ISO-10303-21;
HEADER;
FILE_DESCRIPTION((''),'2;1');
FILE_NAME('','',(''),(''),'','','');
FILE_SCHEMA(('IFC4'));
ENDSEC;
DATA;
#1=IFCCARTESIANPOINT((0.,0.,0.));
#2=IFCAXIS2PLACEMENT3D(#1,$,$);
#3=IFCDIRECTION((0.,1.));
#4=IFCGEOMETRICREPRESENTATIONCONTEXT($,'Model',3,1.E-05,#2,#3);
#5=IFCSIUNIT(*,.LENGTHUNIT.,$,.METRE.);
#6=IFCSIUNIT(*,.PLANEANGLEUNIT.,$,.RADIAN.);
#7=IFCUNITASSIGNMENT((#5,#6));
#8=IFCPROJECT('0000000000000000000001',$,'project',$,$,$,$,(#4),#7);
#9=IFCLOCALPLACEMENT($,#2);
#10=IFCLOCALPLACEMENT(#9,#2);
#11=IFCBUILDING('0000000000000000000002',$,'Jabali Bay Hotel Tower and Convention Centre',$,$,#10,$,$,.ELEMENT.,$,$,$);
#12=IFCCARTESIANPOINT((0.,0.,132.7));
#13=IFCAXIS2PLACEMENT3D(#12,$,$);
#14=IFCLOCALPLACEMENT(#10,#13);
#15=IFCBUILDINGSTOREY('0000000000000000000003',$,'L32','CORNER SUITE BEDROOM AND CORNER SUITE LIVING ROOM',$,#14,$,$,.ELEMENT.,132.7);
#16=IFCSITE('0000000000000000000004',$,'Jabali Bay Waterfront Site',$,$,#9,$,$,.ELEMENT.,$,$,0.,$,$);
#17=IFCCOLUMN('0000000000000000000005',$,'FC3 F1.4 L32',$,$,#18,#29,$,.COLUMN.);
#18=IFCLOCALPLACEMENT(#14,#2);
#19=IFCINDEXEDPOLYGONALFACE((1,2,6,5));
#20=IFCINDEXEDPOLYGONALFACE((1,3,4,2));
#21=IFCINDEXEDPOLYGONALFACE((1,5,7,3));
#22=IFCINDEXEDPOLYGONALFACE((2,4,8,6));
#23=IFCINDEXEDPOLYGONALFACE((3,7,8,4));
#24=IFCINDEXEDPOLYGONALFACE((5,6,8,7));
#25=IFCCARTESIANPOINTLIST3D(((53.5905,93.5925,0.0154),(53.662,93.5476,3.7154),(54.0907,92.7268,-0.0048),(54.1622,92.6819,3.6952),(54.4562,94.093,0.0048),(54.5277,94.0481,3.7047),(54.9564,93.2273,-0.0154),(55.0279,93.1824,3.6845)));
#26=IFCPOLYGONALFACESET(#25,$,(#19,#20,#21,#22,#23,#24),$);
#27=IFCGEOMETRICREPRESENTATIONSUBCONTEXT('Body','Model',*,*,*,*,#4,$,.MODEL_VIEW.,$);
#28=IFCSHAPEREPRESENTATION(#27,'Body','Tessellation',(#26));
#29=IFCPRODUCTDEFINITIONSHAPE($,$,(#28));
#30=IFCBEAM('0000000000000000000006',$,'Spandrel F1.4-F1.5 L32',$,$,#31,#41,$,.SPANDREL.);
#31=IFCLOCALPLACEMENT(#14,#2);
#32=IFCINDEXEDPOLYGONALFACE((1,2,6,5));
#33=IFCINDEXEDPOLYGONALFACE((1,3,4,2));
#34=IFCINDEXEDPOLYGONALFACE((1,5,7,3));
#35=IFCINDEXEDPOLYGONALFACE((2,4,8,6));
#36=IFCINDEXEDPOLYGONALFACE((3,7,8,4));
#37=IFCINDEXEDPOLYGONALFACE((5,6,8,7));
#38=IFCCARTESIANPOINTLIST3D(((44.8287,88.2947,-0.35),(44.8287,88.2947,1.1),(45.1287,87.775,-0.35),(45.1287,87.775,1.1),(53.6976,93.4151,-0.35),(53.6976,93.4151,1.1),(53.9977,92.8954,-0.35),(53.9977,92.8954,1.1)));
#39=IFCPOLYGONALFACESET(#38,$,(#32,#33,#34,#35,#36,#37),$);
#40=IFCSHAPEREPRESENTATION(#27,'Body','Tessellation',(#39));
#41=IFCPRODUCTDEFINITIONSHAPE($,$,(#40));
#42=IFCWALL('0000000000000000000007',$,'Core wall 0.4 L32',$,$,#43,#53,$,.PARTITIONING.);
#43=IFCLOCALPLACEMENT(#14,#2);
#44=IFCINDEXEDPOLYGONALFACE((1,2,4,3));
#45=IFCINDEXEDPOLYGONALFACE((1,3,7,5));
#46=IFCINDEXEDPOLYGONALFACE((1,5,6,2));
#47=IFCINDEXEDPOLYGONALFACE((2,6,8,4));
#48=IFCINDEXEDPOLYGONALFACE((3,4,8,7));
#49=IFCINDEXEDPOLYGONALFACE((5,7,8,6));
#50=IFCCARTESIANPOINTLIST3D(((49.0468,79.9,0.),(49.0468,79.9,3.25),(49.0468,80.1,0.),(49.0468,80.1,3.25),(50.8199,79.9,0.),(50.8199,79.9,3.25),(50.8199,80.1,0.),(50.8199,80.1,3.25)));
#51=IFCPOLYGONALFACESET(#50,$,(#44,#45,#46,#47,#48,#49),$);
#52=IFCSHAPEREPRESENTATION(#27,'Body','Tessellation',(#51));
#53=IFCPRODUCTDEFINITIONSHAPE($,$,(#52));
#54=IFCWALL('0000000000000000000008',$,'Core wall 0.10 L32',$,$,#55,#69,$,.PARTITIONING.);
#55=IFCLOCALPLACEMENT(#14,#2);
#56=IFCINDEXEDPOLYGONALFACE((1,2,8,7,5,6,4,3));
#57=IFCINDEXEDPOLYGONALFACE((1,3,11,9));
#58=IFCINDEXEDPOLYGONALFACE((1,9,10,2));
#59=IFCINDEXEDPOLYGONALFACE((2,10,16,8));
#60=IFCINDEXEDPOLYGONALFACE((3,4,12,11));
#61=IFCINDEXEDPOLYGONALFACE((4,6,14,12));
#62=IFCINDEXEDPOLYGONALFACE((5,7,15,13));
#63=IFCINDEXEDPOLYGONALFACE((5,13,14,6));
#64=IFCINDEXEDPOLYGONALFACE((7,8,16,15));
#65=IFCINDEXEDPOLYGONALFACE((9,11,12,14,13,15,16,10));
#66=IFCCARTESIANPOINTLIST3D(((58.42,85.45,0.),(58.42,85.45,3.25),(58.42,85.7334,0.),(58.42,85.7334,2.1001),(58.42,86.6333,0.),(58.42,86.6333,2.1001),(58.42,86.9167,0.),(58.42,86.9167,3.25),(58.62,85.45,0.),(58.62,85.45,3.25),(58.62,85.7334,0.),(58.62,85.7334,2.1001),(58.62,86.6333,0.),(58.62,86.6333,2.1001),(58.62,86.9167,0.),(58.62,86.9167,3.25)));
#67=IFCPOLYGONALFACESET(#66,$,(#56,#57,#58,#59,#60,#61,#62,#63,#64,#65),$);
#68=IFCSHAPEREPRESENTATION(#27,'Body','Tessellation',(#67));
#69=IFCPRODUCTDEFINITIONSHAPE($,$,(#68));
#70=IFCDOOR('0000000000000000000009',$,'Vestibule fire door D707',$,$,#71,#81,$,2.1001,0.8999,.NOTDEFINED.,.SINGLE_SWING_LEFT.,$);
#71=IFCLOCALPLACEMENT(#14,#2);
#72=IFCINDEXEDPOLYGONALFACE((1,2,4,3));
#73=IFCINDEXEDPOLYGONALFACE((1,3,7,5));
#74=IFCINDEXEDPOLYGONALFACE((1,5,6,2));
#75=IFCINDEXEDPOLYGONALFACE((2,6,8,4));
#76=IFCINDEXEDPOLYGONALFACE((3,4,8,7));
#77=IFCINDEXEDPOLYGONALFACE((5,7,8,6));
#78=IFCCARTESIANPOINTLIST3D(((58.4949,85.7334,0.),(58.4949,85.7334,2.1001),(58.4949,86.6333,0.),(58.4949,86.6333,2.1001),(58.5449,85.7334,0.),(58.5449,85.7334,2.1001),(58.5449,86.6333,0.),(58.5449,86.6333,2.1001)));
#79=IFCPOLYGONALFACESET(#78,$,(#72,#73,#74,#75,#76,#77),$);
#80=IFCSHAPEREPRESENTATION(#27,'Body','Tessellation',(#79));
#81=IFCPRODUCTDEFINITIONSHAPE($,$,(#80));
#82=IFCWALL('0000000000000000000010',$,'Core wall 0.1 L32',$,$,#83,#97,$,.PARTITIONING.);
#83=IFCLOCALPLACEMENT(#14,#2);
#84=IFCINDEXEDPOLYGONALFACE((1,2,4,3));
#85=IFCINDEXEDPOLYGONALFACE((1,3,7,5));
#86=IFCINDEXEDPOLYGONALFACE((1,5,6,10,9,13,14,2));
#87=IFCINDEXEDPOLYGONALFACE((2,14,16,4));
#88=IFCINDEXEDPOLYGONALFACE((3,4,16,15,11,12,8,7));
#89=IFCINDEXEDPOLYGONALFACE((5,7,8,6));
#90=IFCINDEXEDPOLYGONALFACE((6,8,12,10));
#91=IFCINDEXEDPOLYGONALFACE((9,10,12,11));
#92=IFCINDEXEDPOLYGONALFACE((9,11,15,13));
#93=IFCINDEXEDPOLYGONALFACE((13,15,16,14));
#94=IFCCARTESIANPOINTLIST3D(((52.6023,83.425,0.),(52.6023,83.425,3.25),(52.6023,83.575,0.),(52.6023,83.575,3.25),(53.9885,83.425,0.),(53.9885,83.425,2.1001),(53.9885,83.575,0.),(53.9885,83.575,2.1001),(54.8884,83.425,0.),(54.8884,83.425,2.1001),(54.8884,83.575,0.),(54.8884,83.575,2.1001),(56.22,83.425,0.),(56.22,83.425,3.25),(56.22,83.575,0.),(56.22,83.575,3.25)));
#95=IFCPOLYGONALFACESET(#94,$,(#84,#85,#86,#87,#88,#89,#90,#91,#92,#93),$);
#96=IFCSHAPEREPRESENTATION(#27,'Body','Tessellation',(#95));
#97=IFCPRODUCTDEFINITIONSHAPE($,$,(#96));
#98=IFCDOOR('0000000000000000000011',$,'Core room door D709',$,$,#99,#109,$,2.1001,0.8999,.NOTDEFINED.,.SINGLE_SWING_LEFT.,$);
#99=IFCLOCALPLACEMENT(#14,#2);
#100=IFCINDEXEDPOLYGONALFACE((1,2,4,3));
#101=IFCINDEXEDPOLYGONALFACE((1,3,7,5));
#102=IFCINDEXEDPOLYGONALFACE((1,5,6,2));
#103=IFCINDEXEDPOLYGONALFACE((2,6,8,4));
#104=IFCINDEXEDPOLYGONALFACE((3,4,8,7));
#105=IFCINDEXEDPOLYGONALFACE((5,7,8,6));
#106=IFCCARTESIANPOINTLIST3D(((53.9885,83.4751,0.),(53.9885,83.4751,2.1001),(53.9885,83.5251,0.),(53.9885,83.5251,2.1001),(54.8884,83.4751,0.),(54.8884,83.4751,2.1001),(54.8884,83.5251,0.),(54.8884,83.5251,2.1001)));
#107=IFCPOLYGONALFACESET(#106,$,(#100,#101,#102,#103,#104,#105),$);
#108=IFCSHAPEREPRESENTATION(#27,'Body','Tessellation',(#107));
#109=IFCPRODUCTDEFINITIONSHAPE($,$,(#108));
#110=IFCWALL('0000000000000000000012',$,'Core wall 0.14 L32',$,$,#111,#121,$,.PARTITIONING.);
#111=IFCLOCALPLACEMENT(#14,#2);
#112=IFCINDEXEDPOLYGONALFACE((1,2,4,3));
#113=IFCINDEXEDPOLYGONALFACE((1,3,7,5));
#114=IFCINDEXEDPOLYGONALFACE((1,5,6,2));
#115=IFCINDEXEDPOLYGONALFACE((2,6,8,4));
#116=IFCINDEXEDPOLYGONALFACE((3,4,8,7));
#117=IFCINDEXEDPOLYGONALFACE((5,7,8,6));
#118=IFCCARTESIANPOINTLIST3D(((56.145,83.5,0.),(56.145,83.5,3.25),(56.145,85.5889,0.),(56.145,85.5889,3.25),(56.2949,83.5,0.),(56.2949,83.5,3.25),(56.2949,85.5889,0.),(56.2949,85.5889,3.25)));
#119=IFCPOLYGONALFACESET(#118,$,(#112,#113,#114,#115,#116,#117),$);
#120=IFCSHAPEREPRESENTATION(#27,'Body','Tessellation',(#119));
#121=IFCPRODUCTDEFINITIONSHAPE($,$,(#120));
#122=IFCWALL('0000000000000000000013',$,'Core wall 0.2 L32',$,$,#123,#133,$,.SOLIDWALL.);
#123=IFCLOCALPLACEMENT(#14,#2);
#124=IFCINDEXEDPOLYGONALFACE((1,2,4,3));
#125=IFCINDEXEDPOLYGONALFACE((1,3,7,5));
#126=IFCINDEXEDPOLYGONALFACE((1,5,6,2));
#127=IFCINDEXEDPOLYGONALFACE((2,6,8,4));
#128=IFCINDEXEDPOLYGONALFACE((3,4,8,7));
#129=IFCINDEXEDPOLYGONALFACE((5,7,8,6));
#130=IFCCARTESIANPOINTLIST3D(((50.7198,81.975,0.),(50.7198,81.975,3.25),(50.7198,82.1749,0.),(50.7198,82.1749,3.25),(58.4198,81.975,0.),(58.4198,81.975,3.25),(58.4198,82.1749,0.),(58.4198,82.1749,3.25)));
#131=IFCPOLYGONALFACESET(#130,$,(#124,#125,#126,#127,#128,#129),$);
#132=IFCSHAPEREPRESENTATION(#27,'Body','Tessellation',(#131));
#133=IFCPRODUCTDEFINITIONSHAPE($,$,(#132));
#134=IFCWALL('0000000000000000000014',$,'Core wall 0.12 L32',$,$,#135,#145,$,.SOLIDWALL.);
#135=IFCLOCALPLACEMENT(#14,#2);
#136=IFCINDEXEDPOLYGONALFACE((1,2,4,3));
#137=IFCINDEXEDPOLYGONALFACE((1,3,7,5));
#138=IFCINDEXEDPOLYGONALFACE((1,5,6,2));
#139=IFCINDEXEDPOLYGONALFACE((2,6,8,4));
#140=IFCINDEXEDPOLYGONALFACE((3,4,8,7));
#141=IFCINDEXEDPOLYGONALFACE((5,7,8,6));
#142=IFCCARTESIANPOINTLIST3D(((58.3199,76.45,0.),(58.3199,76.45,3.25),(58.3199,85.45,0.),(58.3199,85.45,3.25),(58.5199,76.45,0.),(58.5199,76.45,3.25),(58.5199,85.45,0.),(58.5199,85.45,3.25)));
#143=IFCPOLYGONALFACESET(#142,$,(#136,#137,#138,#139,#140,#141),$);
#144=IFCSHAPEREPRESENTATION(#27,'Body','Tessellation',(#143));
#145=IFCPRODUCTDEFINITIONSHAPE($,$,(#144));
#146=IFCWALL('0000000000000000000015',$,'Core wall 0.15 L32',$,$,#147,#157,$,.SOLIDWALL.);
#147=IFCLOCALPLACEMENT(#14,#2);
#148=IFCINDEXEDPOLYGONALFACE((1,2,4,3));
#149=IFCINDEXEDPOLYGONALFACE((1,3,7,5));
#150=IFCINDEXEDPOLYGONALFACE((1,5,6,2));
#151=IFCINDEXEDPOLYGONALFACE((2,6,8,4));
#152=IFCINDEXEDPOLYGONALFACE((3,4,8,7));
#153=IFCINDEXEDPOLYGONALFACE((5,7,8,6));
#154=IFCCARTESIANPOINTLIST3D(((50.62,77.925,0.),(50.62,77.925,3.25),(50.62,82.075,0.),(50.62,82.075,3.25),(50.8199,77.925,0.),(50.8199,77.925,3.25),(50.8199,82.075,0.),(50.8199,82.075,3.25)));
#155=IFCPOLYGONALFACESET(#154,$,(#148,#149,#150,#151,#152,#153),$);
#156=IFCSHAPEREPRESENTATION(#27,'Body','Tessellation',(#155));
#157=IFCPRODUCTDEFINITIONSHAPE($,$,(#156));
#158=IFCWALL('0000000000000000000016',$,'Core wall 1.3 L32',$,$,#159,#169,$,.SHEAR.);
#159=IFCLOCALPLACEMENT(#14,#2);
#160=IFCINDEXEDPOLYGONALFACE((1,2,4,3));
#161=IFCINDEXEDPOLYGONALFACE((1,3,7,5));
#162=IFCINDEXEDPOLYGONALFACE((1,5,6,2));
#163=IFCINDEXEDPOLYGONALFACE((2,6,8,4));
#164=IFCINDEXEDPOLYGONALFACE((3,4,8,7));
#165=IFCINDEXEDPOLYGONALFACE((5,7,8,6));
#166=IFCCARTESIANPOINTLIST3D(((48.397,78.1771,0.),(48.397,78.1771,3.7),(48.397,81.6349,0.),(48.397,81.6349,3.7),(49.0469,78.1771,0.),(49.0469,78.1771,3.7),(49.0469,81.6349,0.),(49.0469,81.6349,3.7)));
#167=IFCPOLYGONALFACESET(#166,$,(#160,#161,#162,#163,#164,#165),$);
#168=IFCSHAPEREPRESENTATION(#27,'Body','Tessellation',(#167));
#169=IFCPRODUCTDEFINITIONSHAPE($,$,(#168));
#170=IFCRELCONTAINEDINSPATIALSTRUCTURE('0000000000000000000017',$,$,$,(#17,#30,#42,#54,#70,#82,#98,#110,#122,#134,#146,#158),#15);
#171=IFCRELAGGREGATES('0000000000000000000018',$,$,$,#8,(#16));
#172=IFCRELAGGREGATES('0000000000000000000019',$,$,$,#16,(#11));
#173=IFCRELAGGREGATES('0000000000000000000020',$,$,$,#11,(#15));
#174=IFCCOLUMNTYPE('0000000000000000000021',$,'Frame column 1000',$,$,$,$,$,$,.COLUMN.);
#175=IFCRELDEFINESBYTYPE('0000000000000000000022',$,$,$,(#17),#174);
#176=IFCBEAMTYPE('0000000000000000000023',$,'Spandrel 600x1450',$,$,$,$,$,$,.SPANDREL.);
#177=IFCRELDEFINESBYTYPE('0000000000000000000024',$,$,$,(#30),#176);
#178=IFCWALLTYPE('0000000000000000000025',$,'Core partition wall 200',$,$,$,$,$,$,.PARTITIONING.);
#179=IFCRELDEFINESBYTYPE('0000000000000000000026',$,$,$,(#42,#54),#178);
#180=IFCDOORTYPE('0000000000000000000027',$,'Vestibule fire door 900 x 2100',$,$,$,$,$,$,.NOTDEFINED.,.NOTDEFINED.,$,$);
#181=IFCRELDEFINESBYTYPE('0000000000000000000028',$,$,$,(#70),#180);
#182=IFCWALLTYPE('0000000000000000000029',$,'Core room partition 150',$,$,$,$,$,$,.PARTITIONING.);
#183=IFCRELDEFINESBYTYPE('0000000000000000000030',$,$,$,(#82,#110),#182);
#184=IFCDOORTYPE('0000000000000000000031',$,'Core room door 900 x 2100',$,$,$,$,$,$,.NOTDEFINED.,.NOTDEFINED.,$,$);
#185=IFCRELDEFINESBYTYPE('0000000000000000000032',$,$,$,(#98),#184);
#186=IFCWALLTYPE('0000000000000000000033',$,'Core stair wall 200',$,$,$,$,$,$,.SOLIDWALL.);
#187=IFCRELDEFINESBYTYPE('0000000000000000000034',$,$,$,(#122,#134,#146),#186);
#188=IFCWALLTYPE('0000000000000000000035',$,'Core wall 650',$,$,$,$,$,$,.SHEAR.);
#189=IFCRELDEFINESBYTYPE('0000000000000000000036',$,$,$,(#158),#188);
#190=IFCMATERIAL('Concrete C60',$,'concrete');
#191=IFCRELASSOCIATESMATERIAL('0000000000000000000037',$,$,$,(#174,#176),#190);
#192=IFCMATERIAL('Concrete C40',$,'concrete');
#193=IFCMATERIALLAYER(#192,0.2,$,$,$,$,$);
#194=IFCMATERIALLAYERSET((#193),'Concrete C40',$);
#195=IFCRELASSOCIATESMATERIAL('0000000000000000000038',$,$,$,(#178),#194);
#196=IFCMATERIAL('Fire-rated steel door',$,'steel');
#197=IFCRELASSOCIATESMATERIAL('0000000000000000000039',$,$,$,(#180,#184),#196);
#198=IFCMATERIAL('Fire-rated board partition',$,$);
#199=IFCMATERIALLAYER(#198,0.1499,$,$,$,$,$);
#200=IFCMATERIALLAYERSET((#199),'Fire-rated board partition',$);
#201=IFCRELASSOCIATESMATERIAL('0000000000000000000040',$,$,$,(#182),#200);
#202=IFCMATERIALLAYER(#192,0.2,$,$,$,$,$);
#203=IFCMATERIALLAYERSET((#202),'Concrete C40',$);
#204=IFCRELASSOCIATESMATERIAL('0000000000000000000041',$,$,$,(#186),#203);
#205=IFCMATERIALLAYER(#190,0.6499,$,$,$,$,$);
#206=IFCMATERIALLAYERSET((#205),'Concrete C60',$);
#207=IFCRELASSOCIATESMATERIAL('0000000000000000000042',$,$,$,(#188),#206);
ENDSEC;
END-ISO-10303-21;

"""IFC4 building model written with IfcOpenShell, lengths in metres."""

from ifc_helpers import new_model, si_unit, direction, frame, frame_2d, origin, origin_2d, place, context, subcontext, project, spatial, rectangle, extrude, material, layer, layer_set, material_profile, profile_set, type_object, element, fill, save


model = new_model("IFC4")

# Units and contexts
model_context = context("Model", 3, precision=1e-05, world=origin(), true_north=direction((0.0, 1.0)))
body_context = subcontext(model_context, "Body", "Model", "MODEL_VIEW")
ifc_project = project(units=[si_unit("LENGTHUNIT", "METRE"), si_unit("PLANEANGLEUNIT", "RADIAN")], contexts=[model_context])

# Site, building, storey
site_placement = place(None, origin())
site = spatial("IfcSite", under=ifc_project, at=site_placement, Name="Jabali Bay Waterfront Site", CompositionType="ELEMENT", RefElevation=0.0)
building_placement = place(site_placement, origin())
building = spatial("IfcBuilding", under=site, at=building_placement, Name="Jabali Bay Hotel Tower and Convention Centre", CompositionType="ELEMENT")
storey_placement = place(building_placement, frame((0.0, 0.0, 132.7)))
storey = spatial("IfcBuildingStorey", under=building, at=storey_placement, Name="L32", Description="CORNER SUITE BEDROOM AND CORNER SUITE LIVING ROOM", CompositionType="ELEMENT", Elevation=132.7)

# Column
ifc_material_1 = material(Name="Concrete C60", Category="concrete")
ifc_material_profile_1 = material_profile(ifc_material_1, rectangle(XDim=1.0, YDim=1.0, at=origin_2d()), Name="Frame column 1000")
ifc_profile_set_1 = profile_set([ifc_material_profile_1], Name="Concrete C60")
column_type = type_object("IfcColumnType", Name="Frame column 1000", PredefinedType="COLUMN", material=ifc_profile_set_1)
column_placement = place(storey_placement, frame((54.2734, 93.4099, 0.0), z_axis=(0.019329, -0.012138, 0.99974), x_axis=(-0.500206, 0.865671, 0.020181)))
element("IfcColumn", 1, at=column_placement, inside=storey, type_object=column_type, Name="FC3 F1.4 L32", PredefinedType="COLUMN", context=body_context, shape_type="SweptSolid", body=[
    extrude(rectangle(XDim=1.0, YDim=1.0, at=origin_2d()), origin(), (0.0, 0.0, 1.0), 3.7009),
])

# Beam
ifc_material_profile_2 = material_profile(ifc_material_1, rectangle(XDim=0.6001, YDim=1.45, at=origin_2d()), Name="Spandrel 600x1450")
ifc_profile_set_2 = profile_set([ifc_material_profile_2], Name="Concrete C60")
beam_type = type_object("IfcBeamType", Name="Spandrel 600x1450", PredefinedType="SPANDREL", material=ifc_profile_set_2)
beam_placement = place(storey_placement, frame((53.8477, 93.1553, 0.375), z_axis=(-0.86603, -0.499993, 0.0), x_axis=(0.499993, -0.86603, 0.0)))
element("IfcBeam", 2, at=beam_placement, inside=storey, type_object=beam_type, Name="Spandrel F1.4-F1.5 L32", PredefinedType="SPANDREL", context=body_context, shape_type="SweptSolid", body=[
    extrude(rectangle(XDim=0.6001, YDim=1.45, at=origin_2d()), origin(), (0.0, 0.0, 1.0), 10.241),
])

# Wall
ifc_material_2 = material(Name="Concrete C40", Category="concrete")
ifc_layer_1 = layer(ifc_material_2, 0.2)
ifc_layer_set_1 = layer_set([ifc_layer_1], Name="Concrete C40")
wall_type_1 = type_object("IfcWallType", Name="Core partition wall 200", PredefinedType="PARTITIONING", material=ifc_layer_set_1)
wall_1_placement = place(storey_placement, frame((50.8201, 80.0, 0.0), z_axis=(0.0, 0.0, 1.0), x_axis=(-1.0, 0.0, 0.0)))
element("IfcWall", 3, at=wall_1_placement, inside=storey, type_object=wall_type_1, Name="Core wall 0.4 L32", PredefinedType="PARTITIONING", context=body_context, shape_type="SweptSolid", body=[
    extrude(rectangle(XDim=1.7732, YDim=0.2, at=frame_2d((0.8867, 0.0))), origin(), (0.0, 0.0, 1.0), 3.25),
])

# Walls, openings, doors
wall_2_placement = place(storey_placement, frame((58.52, 86.9167, 0.0), z_axis=(0.0, 0.0, 1.0), x_axis=(0.0, -1.0, 0.0)))
wall_2 = element("IfcWall", 4, at=wall_2_placement, inside=storey, type_object=wall_type_1, Name="Core wall 0.10 L32", PredefinedType="PARTITIONING", context=body_context, shape_type="SweptSolid", body=[
    extrude(rectangle(XDim=1.4668, YDim=0.2, at=frame_2d((0.7334, 0.0))), origin(), (0.0, 0.0, 1.0), 3.25),
])
opening_1_placement = place(wall_2_placement, frame((0.2834, 0.0, 0.0)))
opening_1 = element("IfcOpeningElement", 5, at=opening_1_placement, cuts=wall_2, PredefinedType="OPENING", context=body_context, shape_type="SweptSolid", body=[
    extrude(rectangle(XDim=0.8999, YDim=2.1001, at=frame_2d((0.45, 1.05))), frame((0.0, 0.1104, 0.0), z_axis=(0.0, -1.0, 0.0), x_axis=(1.0, 0.0, 0.0)), (0.0, 0.0, 1.0), 0.2209),
])
ifc_material_3 = material(Name="Fire-rated steel door", Category="steel")
door_type_1 = type_object("IfcDoorType", Name="Vestibule fire door 900 x 2100", OperationType="NOTDEFINED", PredefinedType="NOTDEFINED", material=ifc_material_3)
door_1_placement = place(opening_1_placement, origin())
door_1 = element("IfcDoor", 6, at=door_1_placement, inside=storey, type_object=door_type_1, Name="Vestibule fire door D707", OperationType="SINGLE_SWING_LEFT", OverallHeight=2.1001, OverallWidth=0.8999, PredefinedType="NOTDEFINED", context=body_context, shape_type="SweptSolid", body=[
    extrude(rectangle(XDim=0.8999, YDim=2.1001, at=frame_2d((0.45, 1.05))), frame((0.0, 0.0249, 0.0), z_axis=(0.0, -1.0, 0.0), x_axis=(1.0, 0.0, 0.0)), (0.0, 0.0, 1.0), 0.05),
])
fill(opening_1, door_1)
ifc_material_4 = material(Name="Fire-rated board partition")
ifc_layer_2 = layer(ifc_material_4, 0.1499)
ifc_layer_set_2 = layer_set([ifc_layer_2], Name="Fire-rated board partition")
wall_type_2 = type_object("IfcWallType", Name="Core room partition 150", PredefinedType="PARTITIONING", material=ifc_layer_set_2)
wall_3_placement = place(storey_placement, frame((56.22, 83.5, 0.0), z_axis=(0.0, 0.0, 1.0), x_axis=(-1.0, 0.0, 0.0)))
wall_3 = element("IfcWall", 7, at=wall_3_placement, inside=storey, type_object=wall_type_2, Name="Core wall 0.1 L32", PredefinedType="PARTITIONING", context=body_context, shape_type="SweptSolid", body=[
    extrude(rectangle(XDim=3.6177, YDim=0.1499, at=frame_2d((1.8088, 0.0))), origin(), (0.0, 0.0, 1.0), 3.25),
])
opening_2_placement = place(wall_3_placement, frame((1.3315, 0.0, 0.0)))
opening_2 = element("IfcOpeningElement", 8, at=opening_2_placement, cuts=wall_3, PredefinedType="OPENING", context=body_context, shape_type="SweptSolid", body=[
    extrude(rectangle(XDim=0.8999, YDim=2.1001, at=frame_2d((0.45, 1.05))), frame((0.0, 0.0854, 0.0), z_axis=(0.0, -1.0, 0.0), x_axis=(1.0, 0.0, 0.0)), (0.0, 0.0, 1.0), 0.1709),
])
door_type_2 = type_object("IfcDoorType", Name="Core room door 900 x 2100", OperationType="NOTDEFINED", PredefinedType="NOTDEFINED", material=ifc_material_3)
door_2_placement = place(opening_2_placement, origin())
door_2 = element("IfcDoor", 9, at=door_2_placement, inside=storey, type_object=door_type_2, Name="Core room door D709", OperationType="SINGLE_SWING_LEFT", OverallHeight=2.1001, OverallWidth=0.8999, PredefinedType="NOTDEFINED", context=body_context, shape_type="SweptSolid", body=[
    extrude(rectangle(XDim=0.8999, YDim=2.1001, at=frame_2d((0.45, 1.05))), frame((0.0, 0.0249, 0.0), z_axis=(0.0, -1.0, 0.0), x_axis=(1.0, 0.0, 0.0)), (0.0, 0.0, 1.0), 0.05),
])
fill(opening_2, door_2)

# Walls
wall_4_placement = place(storey_placement, frame((56.22, 85.5889, 0.0), z_axis=(0.0, 0.0, 1.0), x_axis=(0.0, -1.0, 0.0)))
element("IfcWall", 10, at=wall_4_placement, inside=storey, type_object=wall_type_2, Name="Core wall 0.14 L32", PredefinedType="PARTITIONING", context=body_context, shape_type="SweptSolid", body=[
    extrude(rectangle(XDim=2.0889, YDim=0.1499, at=frame_2d((1.0444, 0.0))), origin(), (0.0, 0.0, 1.0), 3.25),
])
ifc_layer_3 = layer(ifc_material_2, 0.2)
ifc_layer_set_3 = layer_set([ifc_layer_3], Name="Concrete C40")
wall_type_3 = type_object("IfcWallType", Name="Core stair wall 200", PredefinedType="SOLIDWALL", material=ifc_layer_set_3)
wall_5_placement = place(storey_placement, frame((58.4199, 82.075, 0.0), z_axis=(0.0, 0.0, 1.0), x_axis=(-1.0, 0.0, 0.0)))
element("IfcWall", 11, at=wall_5_placement, inside=storey, type_object=wall_type_3, Name="Core wall 0.2 L32", PredefinedType="SOLIDWALL", context=body_context, shape_type="SweptSolid", body=[
    extrude(rectangle(XDim=7.7, YDim=0.2, at=frame_2d((3.8501, 0.0))), origin(), (0.0, 0.0, 1.0), 3.25),
])
wall_6_placement = place(storey_placement, frame((58.4199, 85.45, 0.0), z_axis=(0.0, 0.0, 1.0), x_axis=(0.0, -1.0, 0.0)))
element("IfcWall", 12, at=wall_6_placement, inside=storey, type_object=wall_type_3, Name="Core wall 0.12 L32", PredefinedType="SOLIDWALL", context=body_context, shape_type="SweptSolid", body=[
    extrude(rectangle(XDim=9.0, YDim=0.2, at=frame_2d((4.5, 0.0))), origin(), (0.0, 0.0, 1.0), 3.25),
])
wall_7_placement = place(storey_placement, frame((50.72, 82.075, 0.0), z_axis=(0.0, 0.0, 1.0), x_axis=(0.0, -1.0, 0.0)))
element("IfcWall", 13, at=wall_7_placement, inside=storey, type_object=wall_type_3, Name="Core wall 0.15 L32", PredefinedType="SOLIDWALL", context=body_context, shape_type="SweptSolid", body=[
    extrude(rectangle(XDim=4.1499, YDim=0.2, at=frame_2d((2.075, 0.0))), origin(), (0.0, 0.0, 1.0), 3.25),
])
ifc_layer_4 = layer(ifc_material_1, 0.6499)
ifc_layer_set_4 = layer_set([ifc_layer_4], Name="Concrete C60")
wall_type_4 = type_object("IfcWallType", Name="Core wall 650", PredefinedType="SHEAR", material=ifc_layer_set_4)
wall_8_placement = place(storey_placement, frame((48.7219, 81.635, 0.0), z_axis=(0.0, 0.0, 1.0), x_axis=(0.0, -1.0, 0.0)))
element("IfcWall", 14, at=wall_8_placement, inside=storey, type_object=wall_type_4, Name="Core wall 1.3 L32", PredefinedType="SHEAR", context=body_context, shape_type="SweptSolid", body=[
    extrude(rectangle(XDim=3.4578, YDim=0.6499, at=frame_2d((1.729, 0.0))), origin(), (0.0, 0.0, 1.0), 3.7),
])

save(model, "model.ifc")
